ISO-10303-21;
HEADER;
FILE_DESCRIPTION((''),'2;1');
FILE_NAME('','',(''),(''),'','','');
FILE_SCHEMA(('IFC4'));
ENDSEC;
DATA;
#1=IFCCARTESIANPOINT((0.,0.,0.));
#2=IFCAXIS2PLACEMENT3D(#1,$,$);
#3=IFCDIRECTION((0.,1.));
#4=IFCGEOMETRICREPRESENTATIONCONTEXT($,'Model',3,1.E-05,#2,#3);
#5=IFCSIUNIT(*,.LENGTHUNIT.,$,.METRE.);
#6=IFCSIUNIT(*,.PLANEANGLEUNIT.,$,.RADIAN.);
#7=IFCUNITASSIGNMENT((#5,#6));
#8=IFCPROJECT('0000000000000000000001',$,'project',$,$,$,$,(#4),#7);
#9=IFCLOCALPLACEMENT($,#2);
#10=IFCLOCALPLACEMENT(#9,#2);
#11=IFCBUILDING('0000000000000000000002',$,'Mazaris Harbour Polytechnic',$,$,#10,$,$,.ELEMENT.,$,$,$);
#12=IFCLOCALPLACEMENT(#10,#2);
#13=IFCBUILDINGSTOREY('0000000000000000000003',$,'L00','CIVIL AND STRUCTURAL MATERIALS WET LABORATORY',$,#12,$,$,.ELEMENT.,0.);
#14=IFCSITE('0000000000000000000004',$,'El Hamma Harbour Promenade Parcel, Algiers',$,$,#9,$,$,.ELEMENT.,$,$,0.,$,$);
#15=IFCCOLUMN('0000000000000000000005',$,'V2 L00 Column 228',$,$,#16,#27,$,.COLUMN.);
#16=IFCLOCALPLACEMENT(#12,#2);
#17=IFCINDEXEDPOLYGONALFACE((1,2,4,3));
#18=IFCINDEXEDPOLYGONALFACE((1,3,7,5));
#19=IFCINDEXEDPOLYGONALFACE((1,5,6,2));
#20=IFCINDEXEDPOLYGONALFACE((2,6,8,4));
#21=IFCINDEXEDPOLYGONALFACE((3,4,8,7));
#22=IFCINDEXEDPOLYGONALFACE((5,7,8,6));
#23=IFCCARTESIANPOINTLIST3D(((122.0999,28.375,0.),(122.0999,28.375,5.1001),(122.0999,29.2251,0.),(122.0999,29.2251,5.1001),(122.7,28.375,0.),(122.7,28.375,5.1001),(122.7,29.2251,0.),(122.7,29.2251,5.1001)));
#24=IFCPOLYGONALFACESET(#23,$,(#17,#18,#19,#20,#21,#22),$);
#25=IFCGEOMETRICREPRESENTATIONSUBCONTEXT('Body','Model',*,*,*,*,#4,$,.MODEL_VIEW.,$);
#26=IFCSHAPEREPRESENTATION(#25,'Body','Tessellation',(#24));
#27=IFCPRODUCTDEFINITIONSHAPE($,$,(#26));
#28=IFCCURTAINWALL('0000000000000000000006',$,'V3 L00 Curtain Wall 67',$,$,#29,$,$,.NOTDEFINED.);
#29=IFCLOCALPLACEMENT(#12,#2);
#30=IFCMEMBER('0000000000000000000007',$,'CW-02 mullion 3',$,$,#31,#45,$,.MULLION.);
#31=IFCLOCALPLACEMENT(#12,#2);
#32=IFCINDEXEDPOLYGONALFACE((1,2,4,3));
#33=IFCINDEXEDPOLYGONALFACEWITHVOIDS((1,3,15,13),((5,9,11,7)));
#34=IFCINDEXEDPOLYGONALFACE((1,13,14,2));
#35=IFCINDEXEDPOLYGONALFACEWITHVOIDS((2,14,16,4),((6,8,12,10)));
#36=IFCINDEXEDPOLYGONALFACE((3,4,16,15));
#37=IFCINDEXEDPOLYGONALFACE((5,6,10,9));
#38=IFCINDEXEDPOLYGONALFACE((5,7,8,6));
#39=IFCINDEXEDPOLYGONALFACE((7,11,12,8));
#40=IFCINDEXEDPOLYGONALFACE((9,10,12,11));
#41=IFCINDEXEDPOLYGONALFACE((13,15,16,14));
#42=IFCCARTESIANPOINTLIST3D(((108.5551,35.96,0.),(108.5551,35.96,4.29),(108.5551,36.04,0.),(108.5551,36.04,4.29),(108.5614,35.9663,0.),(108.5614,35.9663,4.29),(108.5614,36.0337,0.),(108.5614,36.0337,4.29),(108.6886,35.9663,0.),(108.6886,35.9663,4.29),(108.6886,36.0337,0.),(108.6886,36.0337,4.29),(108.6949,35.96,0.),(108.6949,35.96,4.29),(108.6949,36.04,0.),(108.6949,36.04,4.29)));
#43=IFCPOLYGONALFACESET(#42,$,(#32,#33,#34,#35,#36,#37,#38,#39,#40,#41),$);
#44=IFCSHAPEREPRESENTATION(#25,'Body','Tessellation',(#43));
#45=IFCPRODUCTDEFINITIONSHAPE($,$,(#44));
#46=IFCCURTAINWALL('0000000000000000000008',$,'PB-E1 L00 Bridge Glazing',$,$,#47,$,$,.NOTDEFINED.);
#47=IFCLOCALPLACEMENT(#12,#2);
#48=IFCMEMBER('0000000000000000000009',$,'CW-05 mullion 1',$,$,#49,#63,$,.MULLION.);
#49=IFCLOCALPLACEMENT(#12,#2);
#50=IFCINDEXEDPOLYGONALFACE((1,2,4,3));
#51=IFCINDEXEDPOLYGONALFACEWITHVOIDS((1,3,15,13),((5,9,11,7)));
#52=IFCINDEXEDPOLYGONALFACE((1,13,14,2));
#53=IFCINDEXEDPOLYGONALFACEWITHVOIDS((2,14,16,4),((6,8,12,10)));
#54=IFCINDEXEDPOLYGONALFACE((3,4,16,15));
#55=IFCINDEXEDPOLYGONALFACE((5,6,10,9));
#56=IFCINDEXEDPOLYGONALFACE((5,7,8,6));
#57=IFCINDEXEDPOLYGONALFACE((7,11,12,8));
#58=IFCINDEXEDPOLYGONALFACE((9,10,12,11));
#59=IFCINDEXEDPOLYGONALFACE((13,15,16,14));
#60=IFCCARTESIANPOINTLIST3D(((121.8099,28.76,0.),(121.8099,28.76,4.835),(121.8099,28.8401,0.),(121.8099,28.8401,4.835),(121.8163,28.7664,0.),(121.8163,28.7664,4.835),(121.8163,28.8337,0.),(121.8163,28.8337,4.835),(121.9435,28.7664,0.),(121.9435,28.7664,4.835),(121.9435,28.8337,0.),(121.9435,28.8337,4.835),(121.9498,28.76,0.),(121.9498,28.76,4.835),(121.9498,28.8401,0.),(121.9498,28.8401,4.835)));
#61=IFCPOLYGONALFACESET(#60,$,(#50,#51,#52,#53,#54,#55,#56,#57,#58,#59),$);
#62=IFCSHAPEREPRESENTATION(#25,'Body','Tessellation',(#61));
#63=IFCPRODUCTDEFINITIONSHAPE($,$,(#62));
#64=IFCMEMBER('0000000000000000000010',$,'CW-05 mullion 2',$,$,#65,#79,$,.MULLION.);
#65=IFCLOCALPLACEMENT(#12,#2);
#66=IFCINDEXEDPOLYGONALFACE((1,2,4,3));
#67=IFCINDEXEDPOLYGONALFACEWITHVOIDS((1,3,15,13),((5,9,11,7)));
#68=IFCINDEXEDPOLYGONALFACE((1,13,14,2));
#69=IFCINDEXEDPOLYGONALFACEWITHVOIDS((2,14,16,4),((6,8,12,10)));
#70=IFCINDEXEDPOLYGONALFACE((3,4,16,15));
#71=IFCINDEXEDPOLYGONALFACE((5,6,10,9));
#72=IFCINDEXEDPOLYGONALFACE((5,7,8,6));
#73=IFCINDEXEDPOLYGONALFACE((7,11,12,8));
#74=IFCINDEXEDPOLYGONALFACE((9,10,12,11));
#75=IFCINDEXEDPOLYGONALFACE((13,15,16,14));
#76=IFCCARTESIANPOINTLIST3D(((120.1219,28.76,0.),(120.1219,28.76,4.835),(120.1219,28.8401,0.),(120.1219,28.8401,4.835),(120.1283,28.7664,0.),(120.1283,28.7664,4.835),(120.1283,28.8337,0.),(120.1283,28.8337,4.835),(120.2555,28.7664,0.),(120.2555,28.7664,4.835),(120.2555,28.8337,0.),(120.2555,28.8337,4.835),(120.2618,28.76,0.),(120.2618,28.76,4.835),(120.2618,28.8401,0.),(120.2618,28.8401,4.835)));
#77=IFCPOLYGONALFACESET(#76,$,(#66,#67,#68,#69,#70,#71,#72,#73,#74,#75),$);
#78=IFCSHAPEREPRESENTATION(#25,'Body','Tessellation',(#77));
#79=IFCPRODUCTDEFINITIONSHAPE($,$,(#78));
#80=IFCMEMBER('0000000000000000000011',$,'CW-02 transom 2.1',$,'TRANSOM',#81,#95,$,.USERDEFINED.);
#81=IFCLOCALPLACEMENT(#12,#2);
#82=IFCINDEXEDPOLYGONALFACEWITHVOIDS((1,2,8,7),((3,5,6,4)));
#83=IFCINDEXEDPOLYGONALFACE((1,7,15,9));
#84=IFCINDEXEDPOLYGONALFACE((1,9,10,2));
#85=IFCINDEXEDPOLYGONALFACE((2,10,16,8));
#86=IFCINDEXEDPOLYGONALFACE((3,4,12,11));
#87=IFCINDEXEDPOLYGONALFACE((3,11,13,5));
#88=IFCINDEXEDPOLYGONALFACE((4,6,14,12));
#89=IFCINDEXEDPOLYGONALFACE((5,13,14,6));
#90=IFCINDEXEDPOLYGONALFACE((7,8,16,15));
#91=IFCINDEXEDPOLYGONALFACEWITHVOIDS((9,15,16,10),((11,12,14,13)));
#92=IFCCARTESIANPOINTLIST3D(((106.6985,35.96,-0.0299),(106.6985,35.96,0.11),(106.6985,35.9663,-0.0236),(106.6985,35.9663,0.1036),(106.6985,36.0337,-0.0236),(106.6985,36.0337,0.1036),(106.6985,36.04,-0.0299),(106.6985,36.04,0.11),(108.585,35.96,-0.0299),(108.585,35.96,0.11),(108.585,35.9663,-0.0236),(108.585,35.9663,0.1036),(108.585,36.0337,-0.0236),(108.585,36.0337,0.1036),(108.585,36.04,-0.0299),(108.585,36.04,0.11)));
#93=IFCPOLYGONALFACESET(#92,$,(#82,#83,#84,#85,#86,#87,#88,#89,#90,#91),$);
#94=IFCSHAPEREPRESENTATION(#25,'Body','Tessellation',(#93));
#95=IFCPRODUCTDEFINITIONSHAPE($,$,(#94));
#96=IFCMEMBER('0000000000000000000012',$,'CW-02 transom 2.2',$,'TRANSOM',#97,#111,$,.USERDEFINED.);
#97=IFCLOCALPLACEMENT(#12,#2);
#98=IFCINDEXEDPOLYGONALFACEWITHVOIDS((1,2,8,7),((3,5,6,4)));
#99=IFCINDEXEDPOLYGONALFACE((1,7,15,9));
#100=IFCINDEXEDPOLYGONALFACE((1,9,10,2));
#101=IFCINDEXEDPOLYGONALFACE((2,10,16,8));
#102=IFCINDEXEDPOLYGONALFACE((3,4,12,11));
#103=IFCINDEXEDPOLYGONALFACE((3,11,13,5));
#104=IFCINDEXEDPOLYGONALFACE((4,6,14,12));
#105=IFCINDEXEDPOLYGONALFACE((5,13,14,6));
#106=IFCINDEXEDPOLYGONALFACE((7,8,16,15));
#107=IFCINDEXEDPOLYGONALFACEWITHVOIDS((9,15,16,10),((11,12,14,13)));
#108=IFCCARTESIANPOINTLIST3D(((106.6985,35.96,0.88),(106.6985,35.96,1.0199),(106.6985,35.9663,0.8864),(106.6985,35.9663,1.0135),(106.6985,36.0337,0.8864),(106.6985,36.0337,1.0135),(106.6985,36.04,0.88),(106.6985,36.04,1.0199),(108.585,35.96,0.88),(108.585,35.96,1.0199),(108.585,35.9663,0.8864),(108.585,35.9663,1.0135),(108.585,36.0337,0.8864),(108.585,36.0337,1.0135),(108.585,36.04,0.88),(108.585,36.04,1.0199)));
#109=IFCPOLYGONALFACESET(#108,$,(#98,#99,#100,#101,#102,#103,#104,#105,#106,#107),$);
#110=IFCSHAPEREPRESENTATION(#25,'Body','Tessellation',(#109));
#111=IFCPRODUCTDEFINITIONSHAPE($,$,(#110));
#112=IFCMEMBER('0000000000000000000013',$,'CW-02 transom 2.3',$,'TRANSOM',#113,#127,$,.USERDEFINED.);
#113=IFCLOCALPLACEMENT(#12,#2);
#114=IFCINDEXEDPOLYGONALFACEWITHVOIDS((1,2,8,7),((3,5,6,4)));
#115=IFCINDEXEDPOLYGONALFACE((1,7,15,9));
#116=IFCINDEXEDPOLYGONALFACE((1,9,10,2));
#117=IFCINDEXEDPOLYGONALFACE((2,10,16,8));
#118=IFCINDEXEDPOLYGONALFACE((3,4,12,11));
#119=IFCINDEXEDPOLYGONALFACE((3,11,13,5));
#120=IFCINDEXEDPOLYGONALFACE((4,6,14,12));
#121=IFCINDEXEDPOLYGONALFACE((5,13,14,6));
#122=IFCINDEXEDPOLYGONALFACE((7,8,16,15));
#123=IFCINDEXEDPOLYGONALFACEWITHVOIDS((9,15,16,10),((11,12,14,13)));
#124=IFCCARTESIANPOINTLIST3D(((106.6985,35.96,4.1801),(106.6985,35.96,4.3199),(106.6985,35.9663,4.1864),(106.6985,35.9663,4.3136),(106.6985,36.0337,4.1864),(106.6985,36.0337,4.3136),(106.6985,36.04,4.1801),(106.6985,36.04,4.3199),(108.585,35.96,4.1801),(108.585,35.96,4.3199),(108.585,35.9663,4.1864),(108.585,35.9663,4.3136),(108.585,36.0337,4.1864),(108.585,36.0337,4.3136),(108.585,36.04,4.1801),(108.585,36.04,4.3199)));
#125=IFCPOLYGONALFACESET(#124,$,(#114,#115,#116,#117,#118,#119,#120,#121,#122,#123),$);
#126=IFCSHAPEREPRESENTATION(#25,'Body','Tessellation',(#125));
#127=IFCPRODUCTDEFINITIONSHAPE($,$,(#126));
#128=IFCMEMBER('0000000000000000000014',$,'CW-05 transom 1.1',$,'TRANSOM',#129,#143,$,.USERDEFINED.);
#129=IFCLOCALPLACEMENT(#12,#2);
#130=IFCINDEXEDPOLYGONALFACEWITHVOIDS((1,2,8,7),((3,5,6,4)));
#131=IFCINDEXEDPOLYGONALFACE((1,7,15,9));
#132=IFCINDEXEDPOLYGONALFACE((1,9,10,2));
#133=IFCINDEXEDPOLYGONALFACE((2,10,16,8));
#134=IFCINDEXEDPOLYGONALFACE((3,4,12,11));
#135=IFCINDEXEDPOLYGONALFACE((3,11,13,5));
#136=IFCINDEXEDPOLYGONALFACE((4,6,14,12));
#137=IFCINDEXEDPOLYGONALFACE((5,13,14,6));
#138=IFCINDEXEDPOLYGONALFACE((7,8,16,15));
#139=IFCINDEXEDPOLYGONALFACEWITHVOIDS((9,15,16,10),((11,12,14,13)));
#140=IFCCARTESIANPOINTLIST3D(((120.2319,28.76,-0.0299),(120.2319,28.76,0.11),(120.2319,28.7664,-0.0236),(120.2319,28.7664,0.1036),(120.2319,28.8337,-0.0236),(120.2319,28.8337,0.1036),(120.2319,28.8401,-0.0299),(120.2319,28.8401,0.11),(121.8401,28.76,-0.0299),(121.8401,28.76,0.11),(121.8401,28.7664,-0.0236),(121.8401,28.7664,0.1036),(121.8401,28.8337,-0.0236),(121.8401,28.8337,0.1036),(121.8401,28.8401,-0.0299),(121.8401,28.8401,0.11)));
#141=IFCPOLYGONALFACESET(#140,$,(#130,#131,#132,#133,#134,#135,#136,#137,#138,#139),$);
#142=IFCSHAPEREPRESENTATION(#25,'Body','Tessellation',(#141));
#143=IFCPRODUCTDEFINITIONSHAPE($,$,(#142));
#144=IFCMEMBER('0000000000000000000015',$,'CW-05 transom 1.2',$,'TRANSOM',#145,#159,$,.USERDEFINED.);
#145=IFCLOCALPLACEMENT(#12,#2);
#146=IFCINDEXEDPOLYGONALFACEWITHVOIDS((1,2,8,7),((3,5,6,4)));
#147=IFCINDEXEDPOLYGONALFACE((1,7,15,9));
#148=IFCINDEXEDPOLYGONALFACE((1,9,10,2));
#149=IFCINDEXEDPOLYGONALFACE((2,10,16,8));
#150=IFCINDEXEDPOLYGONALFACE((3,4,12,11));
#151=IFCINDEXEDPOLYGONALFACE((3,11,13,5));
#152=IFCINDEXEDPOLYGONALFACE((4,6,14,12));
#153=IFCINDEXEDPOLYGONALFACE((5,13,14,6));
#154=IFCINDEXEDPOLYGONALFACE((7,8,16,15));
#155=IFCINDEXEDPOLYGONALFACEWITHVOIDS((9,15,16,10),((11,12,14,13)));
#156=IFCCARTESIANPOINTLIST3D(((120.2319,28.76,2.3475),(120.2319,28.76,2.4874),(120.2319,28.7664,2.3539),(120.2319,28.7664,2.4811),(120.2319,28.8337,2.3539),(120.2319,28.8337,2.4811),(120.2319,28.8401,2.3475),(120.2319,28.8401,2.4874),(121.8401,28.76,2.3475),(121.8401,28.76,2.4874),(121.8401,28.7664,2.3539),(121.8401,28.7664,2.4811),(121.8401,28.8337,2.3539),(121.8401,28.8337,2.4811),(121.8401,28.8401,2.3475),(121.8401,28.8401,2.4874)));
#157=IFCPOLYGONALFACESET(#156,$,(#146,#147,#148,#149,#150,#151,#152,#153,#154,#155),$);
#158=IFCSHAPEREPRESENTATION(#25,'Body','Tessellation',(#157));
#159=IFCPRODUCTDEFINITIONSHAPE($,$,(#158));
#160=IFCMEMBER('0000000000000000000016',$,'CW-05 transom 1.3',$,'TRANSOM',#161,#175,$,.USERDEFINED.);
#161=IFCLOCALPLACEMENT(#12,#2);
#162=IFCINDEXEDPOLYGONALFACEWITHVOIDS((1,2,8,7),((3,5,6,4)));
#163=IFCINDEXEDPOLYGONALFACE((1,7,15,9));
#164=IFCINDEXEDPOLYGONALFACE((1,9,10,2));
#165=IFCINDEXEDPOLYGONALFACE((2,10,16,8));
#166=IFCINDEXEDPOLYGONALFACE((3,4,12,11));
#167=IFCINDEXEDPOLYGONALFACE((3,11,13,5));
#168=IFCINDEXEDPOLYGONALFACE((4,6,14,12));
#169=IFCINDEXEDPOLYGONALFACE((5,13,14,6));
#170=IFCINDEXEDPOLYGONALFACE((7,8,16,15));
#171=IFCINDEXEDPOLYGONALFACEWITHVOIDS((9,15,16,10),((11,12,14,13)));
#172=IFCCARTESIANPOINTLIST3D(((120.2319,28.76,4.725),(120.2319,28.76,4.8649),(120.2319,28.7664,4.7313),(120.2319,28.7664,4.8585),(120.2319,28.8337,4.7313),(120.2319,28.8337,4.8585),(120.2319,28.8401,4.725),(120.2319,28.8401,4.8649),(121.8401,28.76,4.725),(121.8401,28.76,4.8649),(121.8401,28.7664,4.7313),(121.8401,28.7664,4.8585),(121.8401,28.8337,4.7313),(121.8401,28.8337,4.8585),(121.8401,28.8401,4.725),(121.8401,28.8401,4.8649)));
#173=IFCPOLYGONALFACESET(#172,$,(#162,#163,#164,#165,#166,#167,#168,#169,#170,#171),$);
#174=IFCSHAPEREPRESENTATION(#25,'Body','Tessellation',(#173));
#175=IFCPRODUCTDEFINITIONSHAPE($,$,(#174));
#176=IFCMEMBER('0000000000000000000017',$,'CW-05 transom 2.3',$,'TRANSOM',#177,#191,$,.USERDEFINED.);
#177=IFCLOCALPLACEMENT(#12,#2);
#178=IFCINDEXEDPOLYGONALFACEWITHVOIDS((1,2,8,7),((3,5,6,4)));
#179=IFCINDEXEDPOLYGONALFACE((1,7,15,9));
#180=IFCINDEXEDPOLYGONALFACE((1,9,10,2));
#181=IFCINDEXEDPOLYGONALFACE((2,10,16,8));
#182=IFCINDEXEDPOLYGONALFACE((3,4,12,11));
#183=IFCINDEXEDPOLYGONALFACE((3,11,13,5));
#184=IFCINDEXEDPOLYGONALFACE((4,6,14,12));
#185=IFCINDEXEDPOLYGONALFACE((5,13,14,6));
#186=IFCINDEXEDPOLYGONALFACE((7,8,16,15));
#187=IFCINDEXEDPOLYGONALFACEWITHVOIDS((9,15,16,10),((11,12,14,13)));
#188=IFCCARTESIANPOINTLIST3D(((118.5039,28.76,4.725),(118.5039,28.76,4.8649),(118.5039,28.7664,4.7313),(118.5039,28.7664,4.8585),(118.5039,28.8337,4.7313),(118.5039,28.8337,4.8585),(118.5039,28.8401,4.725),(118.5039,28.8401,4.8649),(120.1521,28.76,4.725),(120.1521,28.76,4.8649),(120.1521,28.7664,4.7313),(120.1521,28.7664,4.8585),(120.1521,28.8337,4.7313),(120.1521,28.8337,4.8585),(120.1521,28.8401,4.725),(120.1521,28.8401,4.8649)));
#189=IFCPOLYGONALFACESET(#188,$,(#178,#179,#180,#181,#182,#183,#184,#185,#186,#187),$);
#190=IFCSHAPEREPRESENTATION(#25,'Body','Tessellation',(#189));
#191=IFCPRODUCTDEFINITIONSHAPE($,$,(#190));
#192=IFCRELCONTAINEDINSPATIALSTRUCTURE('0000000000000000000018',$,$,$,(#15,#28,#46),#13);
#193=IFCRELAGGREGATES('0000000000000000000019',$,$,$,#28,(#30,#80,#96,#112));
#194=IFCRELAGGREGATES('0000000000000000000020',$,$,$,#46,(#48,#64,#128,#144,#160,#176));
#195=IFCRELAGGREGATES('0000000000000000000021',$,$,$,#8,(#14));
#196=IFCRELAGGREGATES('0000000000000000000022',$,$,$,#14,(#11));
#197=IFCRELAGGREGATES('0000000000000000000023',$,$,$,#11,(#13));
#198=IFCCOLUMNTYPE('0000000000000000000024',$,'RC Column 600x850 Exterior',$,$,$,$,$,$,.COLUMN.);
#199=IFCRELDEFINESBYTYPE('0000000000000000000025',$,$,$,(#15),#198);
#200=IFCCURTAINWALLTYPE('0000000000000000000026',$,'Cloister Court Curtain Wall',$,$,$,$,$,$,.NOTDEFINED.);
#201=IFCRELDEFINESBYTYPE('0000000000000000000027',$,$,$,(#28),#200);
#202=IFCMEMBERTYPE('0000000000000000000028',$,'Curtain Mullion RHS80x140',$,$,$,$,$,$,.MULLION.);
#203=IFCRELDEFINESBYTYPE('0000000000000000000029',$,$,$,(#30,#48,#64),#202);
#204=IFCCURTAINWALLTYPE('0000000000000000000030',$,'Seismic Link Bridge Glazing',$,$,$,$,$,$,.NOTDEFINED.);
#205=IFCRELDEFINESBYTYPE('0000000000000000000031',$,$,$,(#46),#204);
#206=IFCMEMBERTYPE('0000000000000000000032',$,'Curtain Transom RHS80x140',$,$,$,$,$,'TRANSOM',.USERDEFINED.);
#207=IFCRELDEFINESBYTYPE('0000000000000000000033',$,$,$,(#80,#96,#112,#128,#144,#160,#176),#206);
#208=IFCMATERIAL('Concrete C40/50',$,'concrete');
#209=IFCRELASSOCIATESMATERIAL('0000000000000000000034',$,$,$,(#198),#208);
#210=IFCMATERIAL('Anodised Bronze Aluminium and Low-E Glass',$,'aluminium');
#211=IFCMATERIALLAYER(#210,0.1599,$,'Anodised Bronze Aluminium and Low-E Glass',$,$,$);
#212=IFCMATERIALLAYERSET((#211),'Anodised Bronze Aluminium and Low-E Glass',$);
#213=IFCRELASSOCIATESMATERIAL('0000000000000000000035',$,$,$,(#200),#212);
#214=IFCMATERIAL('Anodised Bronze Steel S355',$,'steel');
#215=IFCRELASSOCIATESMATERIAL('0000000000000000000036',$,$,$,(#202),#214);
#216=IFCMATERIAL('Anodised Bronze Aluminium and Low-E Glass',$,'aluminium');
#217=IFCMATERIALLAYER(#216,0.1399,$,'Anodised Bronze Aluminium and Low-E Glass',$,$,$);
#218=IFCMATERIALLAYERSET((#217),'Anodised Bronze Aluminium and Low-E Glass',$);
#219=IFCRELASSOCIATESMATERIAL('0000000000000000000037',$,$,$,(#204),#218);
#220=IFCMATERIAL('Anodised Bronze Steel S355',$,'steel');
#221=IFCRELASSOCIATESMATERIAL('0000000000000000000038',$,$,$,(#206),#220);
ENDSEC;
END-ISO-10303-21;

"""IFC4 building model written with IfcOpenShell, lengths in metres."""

from ifc_helpers import new_model, si_unit, direction, frame, origin, origin_2d, place, context, subcontext, project, spatial, rectangle, hollow_rectangle, extrude, material, layer, layer_set, material_profile, profile_set, type_object, element, aggregate, save


model = new_model("IFC4")

# Units and contexts
model_context = context("Model", 3, precision=1e-05, world=origin(), true_north=direction((0.0, 1.0)))
body_context = subcontext(model_context, "Body", "Model", "MODEL_VIEW")
ifc_project = project(units=[si_unit("LENGTHUNIT", "METRE"), si_unit("PLANEANGLEUNIT", "RADIAN")], contexts=[model_context])

# Site, building, storey
site_placement = place(None, origin())
site = spatial("IfcSite", under=ifc_project, at=site_placement, Name="El Hamma Harbour Promenade Parcel, Algiers", CompositionType="ELEMENT", RefElevation=0.0)
building_placement = place(site_placement, origin())
building = spatial("IfcBuilding", under=site, at=building_placement, Name="Mazaris Harbour Polytechnic", CompositionType="ELEMENT")
storey_placement = place(building_placement, origin())
storey = spatial("IfcBuildingStorey", under=building, at=storey_placement, Name="L00", Description="CIVIL AND STRUCTURAL MATERIALS WET LABORATORY", CompositionType="ELEMENT", Elevation=0.0)

# Column
ifc_material_1 = material(Name="Concrete C40/50", Category="concrete")
ifc_material_profile_1 = material_profile(ifc_material_1, rectangle(XDim=0.6001, YDim=0.8501, at=origin_2d()), Name="RECT600x850")
ifc_profile_set_1 = profile_set([ifc_material_profile_1], Name="Concrete C40/50")
column_type = type_object("IfcColumnType", Name="RC Column 600x850 Exterior", PredefinedType="COLUMN", material=ifc_profile_set_1)
column_placement = place(storey_placement, frame((122.3999, 28.8, 0.0), z_axis=(0.0, 0.0, 1.0), x_axis=(1.0, 0.0, 0.0)))
element("IfcColumn", 1, at=column_placement, inside=storey, type_object=column_type, Name="V2 L00 Column 228", PredefinedType="COLUMN", context=body_context, shape_type="SweptSolid", body=[
    extrude(rectangle(XDim=0.6001, YDim=0.8501, at=origin_2d()), origin(), (0.0, 0.0, 1.0), 5.1001),
])

# Curtain wall, member
ifc_material_2 = material(Name="Anodised Bronze Aluminium and Low-E Glass", Category="aluminium")
ifc_layer_1 = layer(ifc_material_2, 0.1599, Name="Anodised Bronze Aluminium and Low-E Glass")
ifc_layer_set_1 = layer_set([ifc_layer_1], Name="Anodised Bronze Aluminium and Low-E Glass")
curtain_wall_type_1 = type_object("IfcCurtainWallType", Name="Cloister Court Curtain Wall", PredefinedType="NOTDEFINED", material=ifc_layer_set_1)
curtain_wall_1_placement = place(storey_placement, origin())
curtain_wall_1 = element("IfcCurtainWall", 2, at=curtain_wall_1_placement, inside=storey, type_object=curtain_wall_type_1, Name="V3 L00 Curtain Wall 67", PredefinedType="NOTDEFINED")
ifc_material_3 = material(Name="Anodised Bronze Steel S355", Category="steel")
ifc_material_profile_2 = material_profile(ifc_material_3, hollow_rectangle(XDim=0.0801, YDim=0.1399, WallThickness=0.0063, at=origin_2d()), Name="RHS 80x140x6.3")
ifc_profile_set_2 = profile_set([ifc_material_profile_2], Name="Anodised Bronze Steel S355")
member_type_1 = type_object("IfcMemberType", Name="Curtain Mullion RHS80x140", PredefinedType="MULLION", material=ifc_profile_set_2)
member_1_placement = place(storey_placement, frame((108.625, 36.0, 0.0), z_axis=(0.0, 0.0, 1.0), x_axis=(0.0, 1.0, 0.0)))
member_1 = element("IfcMember", 3, at=member_1_placement, type_object=member_type_1, Name="CW-02 mullion 3", PredefinedType="MULLION", context=body_context, shape_type="SweptSolid", body=[
    extrude(hollow_rectangle(XDim=0.0801, YDim=0.1399, WallThickness=0.0063, at=origin_2d()), origin(), (0.0, 0.0, 1.0), 4.29),
])

# Curtain wall, members
ifc_material_4 = material(Name="Anodised Bronze Aluminium and Low-E Glass", Category="aluminium")
ifc_layer_2 = layer(ifc_material_4, 0.1399, Name="Anodised Bronze Aluminium and Low-E Glass")
ifc_layer_set_2 = layer_set([ifc_layer_2], Name="Anodised Bronze Aluminium and Low-E Glass")
curtain_wall_type_2 = type_object("IfcCurtainWallType", Name="Seismic Link Bridge Glazing", PredefinedType="NOTDEFINED", material=ifc_layer_set_2)
curtain_wall_2_placement = place(storey_placement, origin())
curtain_wall_2 = element("IfcCurtainWall", 4, at=curtain_wall_2_placement, inside=storey, type_object=curtain_wall_type_2, Name="PB-E1 L00 Bridge Glazing", PredefinedType="NOTDEFINED")
member_2_placement = place(storey_placement, frame((121.8799, 28.8, 0.0), z_axis=(0.0, 0.0, 1.0), x_axis=(0.0, -1.0, 0.0)))
member_2 = element("IfcMember", 5, at=member_2_placement, type_object=member_type_1, Name="CW-05 mullion 1", PredefinedType="MULLION", context=body_context, shape_type="SweptSolid", body=[
    extrude(hollow_rectangle(XDim=0.0801, YDim=0.1399, WallThickness=0.0063, at=origin_2d()), origin(), (0.0, 0.0, 1.0), 4.835),
])
member_3_placement = place(storey_placement, frame((120.1919, 28.8, 0.0), z_axis=(0.0, 0.0, 1.0), x_axis=(0.0, -1.0, 0.0)))
member_3 = element("IfcMember", 6, at=member_3_placement, type_object=member_type_1, Name="CW-05 mullion 2", PredefinedType="MULLION", context=body_context, shape_type="SweptSolid", body=[
    extrude(hollow_rectangle(XDim=0.0801, YDim=0.1399, WallThickness=0.0063, at=origin_2d()), origin(), (0.0, 0.0, 1.0), 4.835),
])

# Members
ifc_material_5 = material(Name="Anodised Bronze Steel S355", Category="steel")
ifc_material_profile_3 = material_profile(ifc_material_5, hollow_rectangle(XDim=0.0801, YDim=0.1399, WallThickness=0.0063, at=origin_2d()), Name="RHS 80x140x6.3")
ifc_profile_set_3 = profile_set([ifc_material_profile_3], Name="Anodised Bronze Steel S355")
member_type_2 = type_object("IfcMemberType", Name="Curtain Transom RHS80x140", ElementType="TRANSOM", PredefinedType="USERDEFINED", material=ifc_profile_set_3)
member_4_placement = place(storey_placement, frame((106.6985, 36.0, 0.04), z_axis=(1.0, 0.0, 0.0), x_axis=(0.0, 1.0, 0.0)))
member_4 = element("IfcMember", 7, at=member_4_placement, type_object=member_type_2, Name="CW-02 transom 2.1", ObjectType="TRANSOM", PredefinedType="USERDEFINED", context=body_context, shape_type="SweptSolid", body=[
    extrude(hollow_rectangle(XDim=0.0801, YDim=0.1399, WallThickness=0.0063, at=origin_2d()), origin(), (0.0, 0.0, 1.0), 1.8865),
])
member_5_placement = place(storey_placement, frame((106.6985, 36.0, 0.95), z_axis=(1.0, 0.0, 0.0), x_axis=(0.0, 1.0, 0.0)))
member_5 = element("IfcMember", 8, at=member_5_placement, type_object=member_type_2, Name="CW-02 transom 2.2", ObjectType="TRANSOM", PredefinedType="USERDEFINED", context=body_context, shape_type="SweptSolid", body=[
    extrude(hollow_rectangle(XDim=0.0801, YDim=0.1399, WallThickness=0.0063, at=origin_2d()), origin(), (0.0, 0.0, 1.0), 1.8865),
])
member_6_placement = place(storey_placement, frame((106.6985, 36.0, 4.25), z_axis=(1.0, 0.0, 0.0), x_axis=(0.0, 1.0, 0.0)))
member_6 = element("IfcMember", 9, at=member_6_placement, type_object=member_type_2, Name="CW-02 transom 2.3", ObjectType="TRANSOM", PredefinedType="USERDEFINED", context=body_context, shape_type="SweptSolid", body=[
    extrude(hollow_rectangle(XDim=0.0801, YDim=0.1399, WallThickness=0.0063, at=origin_2d()), origin(), (0.0, 0.0, 1.0), 1.8865),
])
member_7_placement = place(storey_placement, frame((121.8401, 28.8, 0.04), z_axis=(-1.0, 0.0, 0.0), x_axis=(0.0, -1.0, 0.0)))
member_7 = element("IfcMember", 10, at=member_7_placement, type_object=member_type_2, Name="CW-05 transom 1.1", ObjectType="TRANSOM", PredefinedType="USERDEFINED", context=body_context, shape_type="SweptSolid", body=[
    extrude(hollow_rectangle(XDim=0.0801, YDim=0.1399, WallThickness=0.0063, at=origin_2d()), origin(), (0.0, 0.0, 1.0), 1.6082),
])
member_8_placement = place(storey_placement, frame((121.8401, 28.8, 2.4175), z_axis=(-1.0, 0.0, 0.0), x_axis=(0.0, -1.0, 0.0)))
member_8 = element("IfcMember", 11, at=member_8_placement, type_object=member_type_2, Name="CW-05 transom 1.2", ObjectType="TRANSOM", PredefinedType="USERDEFINED", context=body_context, shape_type="SweptSolid", body=[
    extrude(hollow_rectangle(XDim=0.0801, YDim=0.1399, WallThickness=0.0063, at=origin_2d()), origin(), (0.0, 0.0, 1.0), 1.6082),
])
member_9_placement = place(storey_placement, frame((121.8401, 28.8, 4.7949), z_axis=(-1.0, 0.0, 0.0), x_axis=(0.0, -1.0, 0.0)))
member_9 = element("IfcMember", 12, at=member_9_placement, type_object=member_type_2, Name="CW-05 transom 1.3", ObjectType="TRANSOM", PredefinedType="USERDEFINED", context=body_context, shape_type="SweptSolid", body=[
    extrude(hollow_rectangle(XDim=0.0801, YDim=0.1399, WallThickness=0.0063, at=origin_2d()), origin(), (0.0, 0.0, 1.0), 1.6082),
])
member_10_placement = place(storey_placement, frame((120.1521, 28.8, 4.7949), z_axis=(-1.0, 0.0, 0.0), x_axis=(0.0, -1.0, 0.0)))
member_10 = element("IfcMember", 13, at=member_10_placement, type_object=member_type_2, Name="CW-05 transom 2.3", ObjectType="TRANSOM", PredefinedType="USERDEFINED", context=body_context, shape_type="SweptSolid", body=[
    extrude(hollow_rectangle(XDim=0.0801, YDim=0.1399, WallThickness=0.0063, at=origin_2d()), origin(), (0.0, 0.0, 1.0), 1.6482),
])

aggregate(curtain_wall_1, [member_1, member_4, member_5, member_6])
aggregate(curtain_wall_2, [member_2, member_3, member_7, member_8, member_9, member_10])

save(model, "model.ifc")
